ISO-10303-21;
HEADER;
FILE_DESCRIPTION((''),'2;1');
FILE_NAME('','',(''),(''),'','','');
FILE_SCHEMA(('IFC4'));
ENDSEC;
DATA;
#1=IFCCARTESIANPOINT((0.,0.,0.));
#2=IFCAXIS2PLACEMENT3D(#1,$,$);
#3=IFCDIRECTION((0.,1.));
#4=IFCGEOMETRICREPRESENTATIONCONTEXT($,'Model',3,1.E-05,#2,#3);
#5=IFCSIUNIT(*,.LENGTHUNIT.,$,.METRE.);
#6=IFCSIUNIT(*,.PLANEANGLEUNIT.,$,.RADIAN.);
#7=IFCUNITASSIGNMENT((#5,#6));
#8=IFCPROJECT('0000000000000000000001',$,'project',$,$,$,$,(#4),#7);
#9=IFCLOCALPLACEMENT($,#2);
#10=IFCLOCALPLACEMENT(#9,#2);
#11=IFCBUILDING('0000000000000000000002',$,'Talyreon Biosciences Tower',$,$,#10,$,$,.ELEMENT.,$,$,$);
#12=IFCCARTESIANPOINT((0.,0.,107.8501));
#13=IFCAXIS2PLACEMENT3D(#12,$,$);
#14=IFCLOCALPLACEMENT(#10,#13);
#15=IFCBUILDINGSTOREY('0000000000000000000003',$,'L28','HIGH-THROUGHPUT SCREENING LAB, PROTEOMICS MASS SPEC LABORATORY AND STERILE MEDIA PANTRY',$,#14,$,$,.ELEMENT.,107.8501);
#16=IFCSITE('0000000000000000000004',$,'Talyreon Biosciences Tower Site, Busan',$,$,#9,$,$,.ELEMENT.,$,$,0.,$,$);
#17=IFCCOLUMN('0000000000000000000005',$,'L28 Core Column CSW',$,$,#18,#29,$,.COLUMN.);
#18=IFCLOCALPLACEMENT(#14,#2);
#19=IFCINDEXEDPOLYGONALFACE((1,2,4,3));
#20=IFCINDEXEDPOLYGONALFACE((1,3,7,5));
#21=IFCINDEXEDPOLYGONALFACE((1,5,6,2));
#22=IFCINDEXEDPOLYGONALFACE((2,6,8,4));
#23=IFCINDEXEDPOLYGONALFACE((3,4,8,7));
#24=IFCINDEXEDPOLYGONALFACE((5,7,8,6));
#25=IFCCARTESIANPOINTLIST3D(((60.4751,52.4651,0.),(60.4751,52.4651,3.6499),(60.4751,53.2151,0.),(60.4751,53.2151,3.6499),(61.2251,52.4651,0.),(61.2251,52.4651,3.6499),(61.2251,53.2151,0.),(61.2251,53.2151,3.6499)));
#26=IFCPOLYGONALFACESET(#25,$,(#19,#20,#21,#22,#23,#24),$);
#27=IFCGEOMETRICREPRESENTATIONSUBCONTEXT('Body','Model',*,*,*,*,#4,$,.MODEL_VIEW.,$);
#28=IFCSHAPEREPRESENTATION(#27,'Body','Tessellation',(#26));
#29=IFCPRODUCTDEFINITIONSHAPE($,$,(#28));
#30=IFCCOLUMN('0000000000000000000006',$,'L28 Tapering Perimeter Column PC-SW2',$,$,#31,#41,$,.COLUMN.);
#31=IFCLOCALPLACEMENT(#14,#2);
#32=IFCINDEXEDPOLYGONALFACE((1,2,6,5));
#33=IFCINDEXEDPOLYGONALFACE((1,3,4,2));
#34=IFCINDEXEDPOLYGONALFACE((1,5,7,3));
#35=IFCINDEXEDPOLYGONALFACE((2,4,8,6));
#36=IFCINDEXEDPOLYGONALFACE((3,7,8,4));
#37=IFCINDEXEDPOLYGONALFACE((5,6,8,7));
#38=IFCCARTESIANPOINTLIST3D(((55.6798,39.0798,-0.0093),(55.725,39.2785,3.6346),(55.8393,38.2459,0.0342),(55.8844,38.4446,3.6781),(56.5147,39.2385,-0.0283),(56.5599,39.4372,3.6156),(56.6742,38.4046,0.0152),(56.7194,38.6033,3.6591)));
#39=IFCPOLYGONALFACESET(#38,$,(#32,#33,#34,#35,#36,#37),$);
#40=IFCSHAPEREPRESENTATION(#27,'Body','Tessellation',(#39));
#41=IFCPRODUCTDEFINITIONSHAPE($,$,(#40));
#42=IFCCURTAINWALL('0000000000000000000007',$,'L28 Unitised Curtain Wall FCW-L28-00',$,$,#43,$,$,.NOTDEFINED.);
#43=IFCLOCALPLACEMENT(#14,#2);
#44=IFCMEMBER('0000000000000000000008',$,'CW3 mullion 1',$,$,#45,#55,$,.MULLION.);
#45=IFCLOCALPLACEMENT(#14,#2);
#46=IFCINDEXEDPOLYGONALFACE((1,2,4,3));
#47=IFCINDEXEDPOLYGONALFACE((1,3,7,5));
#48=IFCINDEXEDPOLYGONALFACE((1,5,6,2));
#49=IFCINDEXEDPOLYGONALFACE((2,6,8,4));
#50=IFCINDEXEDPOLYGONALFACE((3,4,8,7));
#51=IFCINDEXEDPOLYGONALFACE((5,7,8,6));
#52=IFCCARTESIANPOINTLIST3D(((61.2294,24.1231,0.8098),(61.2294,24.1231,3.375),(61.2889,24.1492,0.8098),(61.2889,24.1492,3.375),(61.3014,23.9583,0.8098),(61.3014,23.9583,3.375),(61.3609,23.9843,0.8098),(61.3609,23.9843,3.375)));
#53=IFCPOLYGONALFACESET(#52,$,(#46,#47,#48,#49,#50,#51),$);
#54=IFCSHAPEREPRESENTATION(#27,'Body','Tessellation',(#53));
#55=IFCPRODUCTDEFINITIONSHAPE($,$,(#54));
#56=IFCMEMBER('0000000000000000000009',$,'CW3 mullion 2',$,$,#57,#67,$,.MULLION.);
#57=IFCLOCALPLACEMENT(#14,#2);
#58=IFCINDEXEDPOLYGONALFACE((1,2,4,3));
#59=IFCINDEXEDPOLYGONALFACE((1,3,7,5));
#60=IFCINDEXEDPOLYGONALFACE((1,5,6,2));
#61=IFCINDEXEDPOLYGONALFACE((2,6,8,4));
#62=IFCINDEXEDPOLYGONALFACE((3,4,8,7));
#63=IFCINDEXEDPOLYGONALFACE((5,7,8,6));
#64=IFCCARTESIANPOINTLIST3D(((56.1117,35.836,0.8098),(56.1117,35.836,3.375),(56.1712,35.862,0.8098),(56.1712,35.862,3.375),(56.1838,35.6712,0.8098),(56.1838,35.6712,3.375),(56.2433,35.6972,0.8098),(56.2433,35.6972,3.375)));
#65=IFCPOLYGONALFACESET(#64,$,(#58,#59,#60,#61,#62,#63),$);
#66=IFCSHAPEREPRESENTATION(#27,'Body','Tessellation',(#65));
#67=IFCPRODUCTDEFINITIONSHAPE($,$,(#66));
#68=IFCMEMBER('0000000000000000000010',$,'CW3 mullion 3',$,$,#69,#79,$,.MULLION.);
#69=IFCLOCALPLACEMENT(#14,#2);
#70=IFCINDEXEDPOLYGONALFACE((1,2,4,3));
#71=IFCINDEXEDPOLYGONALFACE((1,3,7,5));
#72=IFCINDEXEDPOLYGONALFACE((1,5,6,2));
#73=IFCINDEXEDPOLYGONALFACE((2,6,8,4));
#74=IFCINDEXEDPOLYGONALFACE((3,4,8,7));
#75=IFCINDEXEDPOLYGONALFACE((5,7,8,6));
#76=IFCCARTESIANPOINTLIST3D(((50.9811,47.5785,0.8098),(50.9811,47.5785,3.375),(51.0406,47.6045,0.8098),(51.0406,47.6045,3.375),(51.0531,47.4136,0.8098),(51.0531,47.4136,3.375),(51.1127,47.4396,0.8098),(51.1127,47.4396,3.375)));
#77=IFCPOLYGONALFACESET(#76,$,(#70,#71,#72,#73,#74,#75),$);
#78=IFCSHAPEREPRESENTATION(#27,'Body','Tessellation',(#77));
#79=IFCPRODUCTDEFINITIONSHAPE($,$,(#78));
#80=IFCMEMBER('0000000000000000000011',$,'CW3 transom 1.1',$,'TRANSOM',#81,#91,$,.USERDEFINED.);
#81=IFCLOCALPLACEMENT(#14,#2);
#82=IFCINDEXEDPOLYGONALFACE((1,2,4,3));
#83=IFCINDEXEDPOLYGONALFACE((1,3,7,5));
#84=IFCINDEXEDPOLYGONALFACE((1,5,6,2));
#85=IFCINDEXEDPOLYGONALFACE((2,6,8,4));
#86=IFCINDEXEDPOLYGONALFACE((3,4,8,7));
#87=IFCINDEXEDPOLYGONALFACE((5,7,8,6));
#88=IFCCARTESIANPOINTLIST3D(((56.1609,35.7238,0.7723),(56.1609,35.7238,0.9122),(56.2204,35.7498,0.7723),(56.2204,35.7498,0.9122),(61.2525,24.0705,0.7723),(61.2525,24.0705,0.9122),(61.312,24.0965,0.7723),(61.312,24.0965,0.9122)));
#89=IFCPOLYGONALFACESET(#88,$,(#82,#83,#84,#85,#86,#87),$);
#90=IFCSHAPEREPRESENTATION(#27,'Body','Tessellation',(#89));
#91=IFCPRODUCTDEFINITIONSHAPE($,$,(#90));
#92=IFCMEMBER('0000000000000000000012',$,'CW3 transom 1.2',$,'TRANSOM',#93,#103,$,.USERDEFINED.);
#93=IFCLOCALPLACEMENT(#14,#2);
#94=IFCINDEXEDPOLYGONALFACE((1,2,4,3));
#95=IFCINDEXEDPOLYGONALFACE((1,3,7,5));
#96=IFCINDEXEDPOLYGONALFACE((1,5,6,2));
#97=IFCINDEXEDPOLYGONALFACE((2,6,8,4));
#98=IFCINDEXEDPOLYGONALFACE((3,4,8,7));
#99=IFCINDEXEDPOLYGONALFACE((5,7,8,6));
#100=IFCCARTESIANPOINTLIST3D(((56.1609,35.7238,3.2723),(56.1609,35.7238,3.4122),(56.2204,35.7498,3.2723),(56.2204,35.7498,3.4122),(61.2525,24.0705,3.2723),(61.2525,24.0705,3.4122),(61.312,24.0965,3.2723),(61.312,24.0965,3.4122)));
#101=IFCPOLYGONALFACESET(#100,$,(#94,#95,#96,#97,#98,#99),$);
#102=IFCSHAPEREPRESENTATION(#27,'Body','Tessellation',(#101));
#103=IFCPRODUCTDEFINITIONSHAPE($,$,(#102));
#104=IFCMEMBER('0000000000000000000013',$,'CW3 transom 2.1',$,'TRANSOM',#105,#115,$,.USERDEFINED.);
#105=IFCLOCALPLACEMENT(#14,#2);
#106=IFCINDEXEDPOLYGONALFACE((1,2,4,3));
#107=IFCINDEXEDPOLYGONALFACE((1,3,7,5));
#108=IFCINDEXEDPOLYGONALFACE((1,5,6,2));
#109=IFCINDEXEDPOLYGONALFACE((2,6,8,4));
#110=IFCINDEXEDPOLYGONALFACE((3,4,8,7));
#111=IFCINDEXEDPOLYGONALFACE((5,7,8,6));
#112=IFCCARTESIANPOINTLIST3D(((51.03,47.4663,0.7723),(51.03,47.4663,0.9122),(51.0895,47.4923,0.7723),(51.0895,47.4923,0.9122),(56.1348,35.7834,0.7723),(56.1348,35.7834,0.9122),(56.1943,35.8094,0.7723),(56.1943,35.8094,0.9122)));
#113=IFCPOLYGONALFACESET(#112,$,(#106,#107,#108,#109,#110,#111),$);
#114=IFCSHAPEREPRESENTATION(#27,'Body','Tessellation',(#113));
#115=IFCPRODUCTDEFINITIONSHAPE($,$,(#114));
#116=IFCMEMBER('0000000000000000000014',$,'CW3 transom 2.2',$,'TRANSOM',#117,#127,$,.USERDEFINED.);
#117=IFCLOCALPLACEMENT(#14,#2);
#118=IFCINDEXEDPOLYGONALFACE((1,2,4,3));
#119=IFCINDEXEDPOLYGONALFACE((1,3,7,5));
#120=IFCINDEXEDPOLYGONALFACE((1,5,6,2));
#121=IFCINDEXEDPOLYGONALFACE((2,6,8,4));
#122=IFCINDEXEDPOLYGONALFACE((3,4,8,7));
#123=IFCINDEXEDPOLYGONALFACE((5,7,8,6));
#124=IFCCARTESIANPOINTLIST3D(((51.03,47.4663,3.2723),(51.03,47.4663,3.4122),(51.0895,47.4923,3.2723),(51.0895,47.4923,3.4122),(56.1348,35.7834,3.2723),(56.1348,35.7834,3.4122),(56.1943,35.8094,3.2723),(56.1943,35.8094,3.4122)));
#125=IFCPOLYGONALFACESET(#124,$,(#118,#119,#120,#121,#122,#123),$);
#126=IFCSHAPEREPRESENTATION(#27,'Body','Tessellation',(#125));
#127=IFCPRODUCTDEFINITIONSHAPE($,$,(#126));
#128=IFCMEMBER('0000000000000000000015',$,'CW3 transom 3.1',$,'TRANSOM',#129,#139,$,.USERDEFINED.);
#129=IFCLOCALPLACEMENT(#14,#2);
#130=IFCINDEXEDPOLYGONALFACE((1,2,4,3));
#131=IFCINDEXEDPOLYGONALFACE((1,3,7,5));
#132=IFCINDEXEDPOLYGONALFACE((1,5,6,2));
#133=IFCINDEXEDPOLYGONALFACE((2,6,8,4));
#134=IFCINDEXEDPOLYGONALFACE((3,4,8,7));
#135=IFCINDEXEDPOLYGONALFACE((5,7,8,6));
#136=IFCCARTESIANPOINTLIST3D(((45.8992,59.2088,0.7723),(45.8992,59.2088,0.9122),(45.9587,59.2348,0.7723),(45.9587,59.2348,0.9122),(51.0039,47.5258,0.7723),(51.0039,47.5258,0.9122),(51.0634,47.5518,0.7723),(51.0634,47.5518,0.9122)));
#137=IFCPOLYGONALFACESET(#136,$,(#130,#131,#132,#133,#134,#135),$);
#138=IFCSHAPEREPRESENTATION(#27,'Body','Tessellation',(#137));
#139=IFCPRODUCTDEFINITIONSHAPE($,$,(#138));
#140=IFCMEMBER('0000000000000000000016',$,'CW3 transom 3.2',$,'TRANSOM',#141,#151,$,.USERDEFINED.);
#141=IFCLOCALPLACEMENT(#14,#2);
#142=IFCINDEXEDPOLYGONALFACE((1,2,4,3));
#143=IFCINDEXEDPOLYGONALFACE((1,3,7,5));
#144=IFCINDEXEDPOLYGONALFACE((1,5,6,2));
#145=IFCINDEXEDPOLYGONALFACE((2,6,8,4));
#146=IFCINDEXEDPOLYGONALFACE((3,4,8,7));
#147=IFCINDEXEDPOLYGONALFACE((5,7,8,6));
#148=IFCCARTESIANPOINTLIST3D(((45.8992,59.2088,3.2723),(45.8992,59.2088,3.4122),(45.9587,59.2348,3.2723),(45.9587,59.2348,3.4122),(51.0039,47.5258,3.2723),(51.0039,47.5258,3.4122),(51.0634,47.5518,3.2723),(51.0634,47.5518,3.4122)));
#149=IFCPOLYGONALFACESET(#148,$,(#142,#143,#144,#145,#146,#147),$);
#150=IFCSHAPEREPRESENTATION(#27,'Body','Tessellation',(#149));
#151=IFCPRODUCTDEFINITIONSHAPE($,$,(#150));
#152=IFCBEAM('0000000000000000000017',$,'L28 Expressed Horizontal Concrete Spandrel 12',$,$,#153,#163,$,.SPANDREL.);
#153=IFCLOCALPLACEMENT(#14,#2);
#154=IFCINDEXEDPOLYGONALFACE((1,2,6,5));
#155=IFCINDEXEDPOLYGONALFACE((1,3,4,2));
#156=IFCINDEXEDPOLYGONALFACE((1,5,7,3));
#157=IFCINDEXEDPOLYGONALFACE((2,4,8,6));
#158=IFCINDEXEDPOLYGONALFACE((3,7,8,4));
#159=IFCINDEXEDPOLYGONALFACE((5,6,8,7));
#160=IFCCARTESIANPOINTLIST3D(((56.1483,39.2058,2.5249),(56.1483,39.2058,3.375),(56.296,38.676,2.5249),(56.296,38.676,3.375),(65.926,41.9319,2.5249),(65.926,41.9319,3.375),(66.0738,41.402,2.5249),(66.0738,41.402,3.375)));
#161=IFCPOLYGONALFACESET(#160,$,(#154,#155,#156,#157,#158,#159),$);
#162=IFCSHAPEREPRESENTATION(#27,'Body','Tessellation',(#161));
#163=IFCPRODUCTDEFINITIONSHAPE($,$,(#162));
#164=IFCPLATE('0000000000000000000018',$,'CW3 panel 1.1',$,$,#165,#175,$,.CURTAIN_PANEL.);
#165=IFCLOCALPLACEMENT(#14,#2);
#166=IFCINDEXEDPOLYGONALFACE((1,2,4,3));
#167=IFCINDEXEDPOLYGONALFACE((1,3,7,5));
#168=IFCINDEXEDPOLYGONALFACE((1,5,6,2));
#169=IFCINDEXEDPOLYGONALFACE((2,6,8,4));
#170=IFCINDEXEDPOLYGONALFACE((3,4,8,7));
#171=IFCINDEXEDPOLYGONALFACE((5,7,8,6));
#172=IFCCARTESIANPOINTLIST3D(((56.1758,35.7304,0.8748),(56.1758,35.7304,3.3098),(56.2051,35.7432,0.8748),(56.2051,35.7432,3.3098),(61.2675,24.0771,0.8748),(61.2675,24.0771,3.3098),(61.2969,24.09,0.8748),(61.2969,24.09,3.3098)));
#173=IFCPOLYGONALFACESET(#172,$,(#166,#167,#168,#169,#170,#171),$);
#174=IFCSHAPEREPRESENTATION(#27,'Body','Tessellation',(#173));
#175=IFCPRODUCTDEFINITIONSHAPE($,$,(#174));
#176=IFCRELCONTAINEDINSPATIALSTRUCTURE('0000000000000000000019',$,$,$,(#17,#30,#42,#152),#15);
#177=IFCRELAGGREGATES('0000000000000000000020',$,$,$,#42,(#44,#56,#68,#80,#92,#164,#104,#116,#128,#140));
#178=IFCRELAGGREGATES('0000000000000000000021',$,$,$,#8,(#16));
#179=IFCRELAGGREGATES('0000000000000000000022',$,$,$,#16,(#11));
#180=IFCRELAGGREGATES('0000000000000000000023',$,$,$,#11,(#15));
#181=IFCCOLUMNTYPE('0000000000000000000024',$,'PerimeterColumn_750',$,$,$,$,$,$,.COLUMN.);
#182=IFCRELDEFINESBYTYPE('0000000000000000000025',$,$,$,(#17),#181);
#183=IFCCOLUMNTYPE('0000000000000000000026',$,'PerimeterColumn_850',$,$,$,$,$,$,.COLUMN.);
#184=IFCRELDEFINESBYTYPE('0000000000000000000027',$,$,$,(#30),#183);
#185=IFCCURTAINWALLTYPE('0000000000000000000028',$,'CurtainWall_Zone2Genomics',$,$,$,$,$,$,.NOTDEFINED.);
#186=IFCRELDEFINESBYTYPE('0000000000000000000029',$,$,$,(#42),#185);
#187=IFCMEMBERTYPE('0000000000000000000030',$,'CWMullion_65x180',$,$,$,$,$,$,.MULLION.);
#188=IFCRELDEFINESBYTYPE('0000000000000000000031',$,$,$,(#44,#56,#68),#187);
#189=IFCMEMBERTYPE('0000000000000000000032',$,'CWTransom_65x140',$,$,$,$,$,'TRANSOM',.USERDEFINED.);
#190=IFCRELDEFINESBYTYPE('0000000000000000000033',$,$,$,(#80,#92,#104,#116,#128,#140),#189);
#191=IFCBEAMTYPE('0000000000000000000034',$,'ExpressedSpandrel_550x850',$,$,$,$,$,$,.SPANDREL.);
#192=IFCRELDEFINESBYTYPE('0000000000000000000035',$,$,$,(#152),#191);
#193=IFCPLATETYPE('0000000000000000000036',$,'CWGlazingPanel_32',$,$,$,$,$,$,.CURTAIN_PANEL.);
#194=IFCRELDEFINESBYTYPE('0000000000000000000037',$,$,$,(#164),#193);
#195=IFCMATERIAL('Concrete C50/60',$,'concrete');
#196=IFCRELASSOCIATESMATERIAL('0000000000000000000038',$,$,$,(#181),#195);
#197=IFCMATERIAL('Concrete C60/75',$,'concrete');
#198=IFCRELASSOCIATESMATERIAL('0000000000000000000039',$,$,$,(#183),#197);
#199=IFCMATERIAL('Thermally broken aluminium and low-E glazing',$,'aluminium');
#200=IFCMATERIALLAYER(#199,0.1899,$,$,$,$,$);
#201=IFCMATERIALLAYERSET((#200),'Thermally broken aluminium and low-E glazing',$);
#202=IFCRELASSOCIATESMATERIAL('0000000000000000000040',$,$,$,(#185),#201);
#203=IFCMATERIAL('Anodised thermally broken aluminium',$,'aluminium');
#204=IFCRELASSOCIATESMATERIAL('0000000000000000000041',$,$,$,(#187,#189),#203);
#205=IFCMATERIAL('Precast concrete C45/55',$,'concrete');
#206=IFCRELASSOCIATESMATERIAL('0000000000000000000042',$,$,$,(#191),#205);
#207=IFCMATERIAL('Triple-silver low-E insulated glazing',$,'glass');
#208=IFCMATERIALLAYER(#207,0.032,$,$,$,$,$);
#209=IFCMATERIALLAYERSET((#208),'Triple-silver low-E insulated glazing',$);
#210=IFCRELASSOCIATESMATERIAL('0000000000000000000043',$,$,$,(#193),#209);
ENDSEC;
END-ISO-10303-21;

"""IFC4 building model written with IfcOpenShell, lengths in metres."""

from ifc_helpers import new_model, si_unit, direction, frame, origin, origin_2d, place, context, subcontext, project, spatial, rectangle, extrude, material, layer, layer_set, material_profile, profile_set, type_object, element, aggregate, save


model = new_model("IFC4")

# Units and contexts
model_context = context("Model", 3, precision=1e-05, world=origin(), true_north=direction((0.0, 1.0)))
body_context = subcontext(model_context, "Body", "Model", "MODEL_VIEW")
ifc_project = project(units=[si_unit("LENGTHUNIT", "METRE"), si_unit("PLANEANGLEUNIT", "RADIAN")], contexts=[model_context])

# Site, building, storey
site_placement = place(None, origin())
site = spatial("IfcSite", under=ifc_project, at=site_placement, Name="Talyreon Biosciences Tower Site, Busan", CompositionType="ELEMENT", RefElevation=0.0)
building_placement = place(site_placement, origin())
building = spatial("IfcBuilding", under=site, at=building_placement, Name="Talyreon Biosciences Tower", CompositionType="ELEMENT")
storey_placement = place(building_placement, frame((0.0, 0.0, 107.8501)))
storey = spatial("IfcBuildingStorey", under=building, at=storey_placement, Name="L28", Description="HIGH-THROUGHPUT SCREENING LAB, PROTEOMICS MASS SPEC LABORATORY AND STERILE MEDIA PANTRY", CompositionType="ELEMENT", Elevation=107.8501)

# Columns
ifc_material_1 = material(Name="Concrete C50/60", Category="concrete")
ifc_material_profile_1 = material_profile(ifc_material_1, rectangle(XDim=0.75, YDim=0.75, at=origin_2d()), Name="RC 750x750")
ifc_profile_set_1 = profile_set([ifc_material_profile_1], Name="Concrete C50/60")
column_type_1 = type_object("IfcColumnType", Name="PerimeterColumn_750", PredefinedType="COLUMN", material=ifc_profile_set_1)
column_1_placement = place(storey_placement, frame((60.8501, 52.8401, 0.0), z_axis=(0.0, 0.0, 1.0), x_axis=(1.0, 0.0, 0.0)))
element("IfcColumn", 1, at=column_1_placement, inside=storey, type_object=column_type_1, Name="L28 Core Column CSW", PredefinedType="COLUMN", context=body_context, shape_type="SweptSolid", body=[
    extrude(rectangle(XDim=0.75, YDim=0.75, at=origin_2d()), origin(), (0.0, 0.0, 1.0), 3.6499),
])
ifc_material_2 = material(Name="Concrete C60/75", Category="concrete")
ifc_material_profile_2 = material_profile(ifc_material_2, rectangle(XDim=0.8501, YDim=0.8501, at=origin_2d()), Name="RC 850x850")
ifc_profile_set_2 = profile_set([ifc_material_profile_2], Name="Concrete C60/75")
column_type_2 = type_object("IfcColumnType", Name="PerimeterColumn_850", PredefinedType="COLUMN", material=ifc_profile_set_2)
column_2_placement = place(storey_placement, frame((56.177, 38.7422, 0.0029), z_axis=(0.012375, 0.054451, 0.99844), x_axis=(-0.187608, 0.98091, -0.051169)))
element("IfcColumn", 2, at=column_2_placement, inside=storey, type_object=column_type_2, Name="L28 Tapering Perimeter Column PC-SW2", PredefinedType="COLUMN", context=body_context, shape_type="SweptSolid", body=[
    extrude(rectangle(XDim=0.8501, YDim=0.8501, at=origin_2d()), origin(), (0.0, 0.0, 1.0), 3.6497),
])

# Curtain wall, members
ifc_material_3 = material(Name="Thermally broken aluminium and low-E glazing", Category="aluminium")
ifc_layer_1 = layer(ifc_material_3, 0.1899)
ifc_layer_set_1 = layer_set([ifc_layer_1], Name="Thermally broken aluminium and low-E glazing")
curtain_wall_type = type_object("IfcCurtainWallType", Name="CurtainWall_Zone2Genomics", PredefinedType="NOTDEFINED", material=ifc_layer_set_1)
curtain_wall_placement = place(storey_placement, origin())
curtain_wall = element("IfcCurtainWall", 3, at=curtain_wall_placement, inside=storey, type_object=curtain_wall_type, Name="L28 Unitised Curtain Wall FCW-L28-00", PredefinedType="NOTDEFINED")
ifc_material_4 = material(Name="Anodised thermally broken aluminium", Category="aluminium")
ifc_material_profile_3 = material_profile(ifc_material_4, rectangle(XDim=0.0649, YDim=0.1799, at=origin_2d()), Name="ALUM MULLION 65x180")
ifc_profile_set_3 = profile_set([ifc_material_profile_3], Name="Anodised thermally broken aluminium")
member_type_1 = type_object("IfcMemberType", Name="CWMullion_65x180", PredefinedType="MULLION", material=ifc_profile_set_3)
member_1_placement = place(storey_placement, frame((61.2952, 24.0537, 0.8098), z_axis=(0.0, 0.0, 1.0), x_axis=(-0.916346, -0.400387, 0.0)))
member_1 = element("IfcMember", 4, at=member_1_placement, type_object=member_type_1, Name="CW3 mullion 1", PredefinedType="MULLION", context=body_context, shape_type="SweptSolid", body=[
    extrude(rectangle(XDim=0.0649, YDim=0.1799, at=origin_2d()), origin(), (0.0, 0.0, 1.0), 2.5652),
])
member_2_placement = place(storey_placement, frame((56.1775, 35.7666, 0.8098), z_axis=(0.0, 0.0, 1.0), x_axis=(-0.916346, -0.400387, 0.0)))
member_2 = element("IfcMember", 5, at=member_2_placement, type_object=member_type_1, Name="CW3 mullion 2", PredefinedType="MULLION", context=body_context, shape_type="SweptSolid", body=[
    extrude(rectangle(XDim=0.0649, YDim=0.1799, at=origin_2d()), origin(), (0.0, 0.0, 1.0), 2.5652),
])
member_3_placement = place(storey_placement, frame((51.0469, 47.509, 0.8098), z_axis=(0.0, 0.0, 1.0), x_axis=(-0.916346, -0.400387, 0.0)))
member_3 = element("IfcMember", 6, at=member_3_placement, type_object=member_type_1, Name="CW3 mullion 3", PredefinedType="MULLION", context=body_context, shape_type="SweptSolid", body=[
    extrude(rectangle(XDim=0.0649, YDim=0.1799, at=origin_2d()), origin(), (0.0, 0.0, 1.0), 2.5652),
])
ifc_material_profile_4 = material_profile(ifc_material_4, rectangle(XDim=0.0649, YDim=0.1399, at=origin_2d()), Name="ALUM TRANSOM 65x140")
ifc_profile_set_4 = profile_set([ifc_material_profile_4], Name="Anodised thermally broken aluminium")
member_type_2 = type_object("IfcMemberType", Name="CWTransom_65x140", ElementType="TRANSOM", PredefinedType="USERDEFINED", material=ifc_profile_set_4)
member_4_placement = place(storey_placement, frame((61.2822, 24.0835, 0.8423), z_axis=(-0.400372, 0.916353, 0.0), x_axis=(-0.916353, -0.400372, 0.0)))
member_4 = element("IfcMember", 7, at=member_4_placement, type_object=member_type_2, Name="CW3 transom 1.1", ObjectType="TRANSOM", PredefinedType="USERDEFINED", context=body_context, shape_type="SweptSolid", body=[
    extrude(rectangle(XDim=0.0649, YDim=0.1399, at=origin_2d()), origin(), (0.0, 0.0, 1.0), 12.717),
])
member_5_placement = place(storey_placement, frame((61.2822, 24.0835, 3.3423), z_axis=(-0.400372, 0.916353, 0.0), x_axis=(-0.916353, -0.400372, 0.0)))
member_5 = element("IfcMember", 8, at=member_5_placement, type_object=member_type_2, Name="CW3 transom 1.2", ObjectType="TRANSOM", PredefinedType="USERDEFINED", context=body_context, shape_type="SweptSolid", body=[
    extrude(rectangle(XDim=0.0649, YDim=0.1399, at=origin_2d()), origin(), (0.0, 0.0, 1.0), 12.717),
])
member_6_placement = place(storey_placement, frame((56.1646, 35.7964, 0.8423), z_axis=(-0.40039, 0.916345, 0.0), x_axis=(-0.916345, -0.40039, 0.0)))
member_6 = element("IfcMember", 9, at=member_6_placement, type_object=member_type_2, Name="CW3 transom 2.1", ObjectType="TRANSOM", PredefinedType="USERDEFINED", context=body_context, shape_type="SweptSolid", body=[
    extrude(rectangle(XDim=0.0649, YDim=0.1399, at=origin_2d()), origin(), (0.0, 0.0, 1.0), 12.7495),
])
member_7_placement = place(storey_placement, frame((56.1646, 35.7964, 3.3423), z_axis=(-0.40039, 0.916345, 0.0), x_axis=(-0.916345, -0.40039, 0.0)))
member_7 = element("IfcMember", 10, at=member_7_placement, type_object=member_type_2, Name="CW3 transom 2.2", ObjectType="TRANSOM", PredefinedType="USERDEFINED", context=body_context, shape_type="SweptSolid", body=[
    extrude(rectangle(XDim=0.0649, YDim=0.1399, at=origin_2d()), origin(), (0.0, 0.0, 1.0), 12.7495),
])
member_8_placement = place(storey_placement, frame((51.0337, 47.5388, 0.8423), z_axis=(-0.40039, 0.916345, 0.0), x_axis=(-0.916345, -0.40039, 0.0)))
member_8 = element("IfcMember", 11, at=member_8_placement, type_object=member_type_2, Name="CW3 transom 3.1", ObjectType="TRANSOM", PredefinedType="USERDEFINED", context=body_context, shape_type="SweptSolid", body=[
    extrude(rectangle(XDim=0.0649, YDim=0.1399, at=origin_2d()), origin(), (0.0, 0.0, 1.0), 12.7495),
])
member_9_placement = place(storey_placement, frame((51.0337, 47.5388, 3.3423), z_axis=(-0.40039, 0.916345, 0.0), x_axis=(-0.916345, -0.40039, 0.0)))
member_9 = element("IfcMember", 12, at=member_9_placement, type_object=member_type_2, Name="CW3 transom 3.2", ObjectType="TRANSOM", PredefinedType="USERDEFINED", context=body_context, shape_type="SweptSolid", body=[
    extrude(rectangle(XDim=0.0649, YDim=0.1399, at=origin_2d()), origin(), (0.0, 0.0, 1.0), 12.7495),
])

# Beam
ifc_material_5 = material(Name="Precast concrete C45/55", Category="concrete")
ifc_material_profile_5 = material_profile(ifc_material_5, rectangle(XDim=0.55, YDim=0.8501, at=origin_2d()), Name="RCB 550x850")
ifc_profile_set_5 = profile_set([ifc_material_profile_5], Name="Precast concrete C45/55")
beam_type = type_object("IfcBeamType", Name="ExpressedSpandrel_550x850", PredefinedType="SPANDREL", material=ifc_profile_set_5)
beam_placement = place(storey_placement, frame((56.2222, 38.9409, 2.95), z_axis=(0.963263, 0.268559, 0.0), x_axis=(-0.268559, 0.963263, 0.0)))
element("IfcBeam", 13, at=beam_placement, inside=storey, type_object=beam_type, Name="L28 Expressed Horizontal Concrete Spandrel 12", PredefinedType="SPANDREL", context=body_context, shape_type="SweptSolid", body=[
    extrude(rectangle(XDim=0.55, YDim=0.8501, at=origin_2d()), origin(), (0.0, 0.0, 1.0), 10.1506),
])

# Plate
ifc_material_6 = material(Name="Triple-silver low-E insulated glazing", Category="glass")
ifc_layer_2 = layer(ifc_material_6, 0.032)
ifc_layer_set_2 = layer_set([ifc_layer_2], Name="Triple-silver low-E insulated glazing")
plate_type_1 = type_object("IfcPlateType", Name="CWGlazingPanel_32", PredefinedType="CURTAIN_PANEL", material=ifc_layer_set_2)
plate_1_placement = place(storey_placement, frame((58.7363, 29.9102, 0.8748), z_axis=(0.0, 0.0, 1.0), x_axis=(-0.400387, 0.916346, 0.0)))
plate_1 = element("IfcPlate", 14, at=plate_1_placement, type_object=plate_type_1, Name="CW3 panel 1.1", PredefinedType="CURTAIN_PANEL", context=body_context, shape_type="SweptSolid", body=[
    extrude(rectangle(XDim=12.717, YDim=0.032, at=origin_2d()), origin(), (0.0, 0.0, 1.0), 2.4351),
])
aggregate(curtain_wall, [member_1, member_2, member_3, member_4, member_5, plate_1, member_6, member_7, member_8, member_9])

save(model, "model.ifc")
